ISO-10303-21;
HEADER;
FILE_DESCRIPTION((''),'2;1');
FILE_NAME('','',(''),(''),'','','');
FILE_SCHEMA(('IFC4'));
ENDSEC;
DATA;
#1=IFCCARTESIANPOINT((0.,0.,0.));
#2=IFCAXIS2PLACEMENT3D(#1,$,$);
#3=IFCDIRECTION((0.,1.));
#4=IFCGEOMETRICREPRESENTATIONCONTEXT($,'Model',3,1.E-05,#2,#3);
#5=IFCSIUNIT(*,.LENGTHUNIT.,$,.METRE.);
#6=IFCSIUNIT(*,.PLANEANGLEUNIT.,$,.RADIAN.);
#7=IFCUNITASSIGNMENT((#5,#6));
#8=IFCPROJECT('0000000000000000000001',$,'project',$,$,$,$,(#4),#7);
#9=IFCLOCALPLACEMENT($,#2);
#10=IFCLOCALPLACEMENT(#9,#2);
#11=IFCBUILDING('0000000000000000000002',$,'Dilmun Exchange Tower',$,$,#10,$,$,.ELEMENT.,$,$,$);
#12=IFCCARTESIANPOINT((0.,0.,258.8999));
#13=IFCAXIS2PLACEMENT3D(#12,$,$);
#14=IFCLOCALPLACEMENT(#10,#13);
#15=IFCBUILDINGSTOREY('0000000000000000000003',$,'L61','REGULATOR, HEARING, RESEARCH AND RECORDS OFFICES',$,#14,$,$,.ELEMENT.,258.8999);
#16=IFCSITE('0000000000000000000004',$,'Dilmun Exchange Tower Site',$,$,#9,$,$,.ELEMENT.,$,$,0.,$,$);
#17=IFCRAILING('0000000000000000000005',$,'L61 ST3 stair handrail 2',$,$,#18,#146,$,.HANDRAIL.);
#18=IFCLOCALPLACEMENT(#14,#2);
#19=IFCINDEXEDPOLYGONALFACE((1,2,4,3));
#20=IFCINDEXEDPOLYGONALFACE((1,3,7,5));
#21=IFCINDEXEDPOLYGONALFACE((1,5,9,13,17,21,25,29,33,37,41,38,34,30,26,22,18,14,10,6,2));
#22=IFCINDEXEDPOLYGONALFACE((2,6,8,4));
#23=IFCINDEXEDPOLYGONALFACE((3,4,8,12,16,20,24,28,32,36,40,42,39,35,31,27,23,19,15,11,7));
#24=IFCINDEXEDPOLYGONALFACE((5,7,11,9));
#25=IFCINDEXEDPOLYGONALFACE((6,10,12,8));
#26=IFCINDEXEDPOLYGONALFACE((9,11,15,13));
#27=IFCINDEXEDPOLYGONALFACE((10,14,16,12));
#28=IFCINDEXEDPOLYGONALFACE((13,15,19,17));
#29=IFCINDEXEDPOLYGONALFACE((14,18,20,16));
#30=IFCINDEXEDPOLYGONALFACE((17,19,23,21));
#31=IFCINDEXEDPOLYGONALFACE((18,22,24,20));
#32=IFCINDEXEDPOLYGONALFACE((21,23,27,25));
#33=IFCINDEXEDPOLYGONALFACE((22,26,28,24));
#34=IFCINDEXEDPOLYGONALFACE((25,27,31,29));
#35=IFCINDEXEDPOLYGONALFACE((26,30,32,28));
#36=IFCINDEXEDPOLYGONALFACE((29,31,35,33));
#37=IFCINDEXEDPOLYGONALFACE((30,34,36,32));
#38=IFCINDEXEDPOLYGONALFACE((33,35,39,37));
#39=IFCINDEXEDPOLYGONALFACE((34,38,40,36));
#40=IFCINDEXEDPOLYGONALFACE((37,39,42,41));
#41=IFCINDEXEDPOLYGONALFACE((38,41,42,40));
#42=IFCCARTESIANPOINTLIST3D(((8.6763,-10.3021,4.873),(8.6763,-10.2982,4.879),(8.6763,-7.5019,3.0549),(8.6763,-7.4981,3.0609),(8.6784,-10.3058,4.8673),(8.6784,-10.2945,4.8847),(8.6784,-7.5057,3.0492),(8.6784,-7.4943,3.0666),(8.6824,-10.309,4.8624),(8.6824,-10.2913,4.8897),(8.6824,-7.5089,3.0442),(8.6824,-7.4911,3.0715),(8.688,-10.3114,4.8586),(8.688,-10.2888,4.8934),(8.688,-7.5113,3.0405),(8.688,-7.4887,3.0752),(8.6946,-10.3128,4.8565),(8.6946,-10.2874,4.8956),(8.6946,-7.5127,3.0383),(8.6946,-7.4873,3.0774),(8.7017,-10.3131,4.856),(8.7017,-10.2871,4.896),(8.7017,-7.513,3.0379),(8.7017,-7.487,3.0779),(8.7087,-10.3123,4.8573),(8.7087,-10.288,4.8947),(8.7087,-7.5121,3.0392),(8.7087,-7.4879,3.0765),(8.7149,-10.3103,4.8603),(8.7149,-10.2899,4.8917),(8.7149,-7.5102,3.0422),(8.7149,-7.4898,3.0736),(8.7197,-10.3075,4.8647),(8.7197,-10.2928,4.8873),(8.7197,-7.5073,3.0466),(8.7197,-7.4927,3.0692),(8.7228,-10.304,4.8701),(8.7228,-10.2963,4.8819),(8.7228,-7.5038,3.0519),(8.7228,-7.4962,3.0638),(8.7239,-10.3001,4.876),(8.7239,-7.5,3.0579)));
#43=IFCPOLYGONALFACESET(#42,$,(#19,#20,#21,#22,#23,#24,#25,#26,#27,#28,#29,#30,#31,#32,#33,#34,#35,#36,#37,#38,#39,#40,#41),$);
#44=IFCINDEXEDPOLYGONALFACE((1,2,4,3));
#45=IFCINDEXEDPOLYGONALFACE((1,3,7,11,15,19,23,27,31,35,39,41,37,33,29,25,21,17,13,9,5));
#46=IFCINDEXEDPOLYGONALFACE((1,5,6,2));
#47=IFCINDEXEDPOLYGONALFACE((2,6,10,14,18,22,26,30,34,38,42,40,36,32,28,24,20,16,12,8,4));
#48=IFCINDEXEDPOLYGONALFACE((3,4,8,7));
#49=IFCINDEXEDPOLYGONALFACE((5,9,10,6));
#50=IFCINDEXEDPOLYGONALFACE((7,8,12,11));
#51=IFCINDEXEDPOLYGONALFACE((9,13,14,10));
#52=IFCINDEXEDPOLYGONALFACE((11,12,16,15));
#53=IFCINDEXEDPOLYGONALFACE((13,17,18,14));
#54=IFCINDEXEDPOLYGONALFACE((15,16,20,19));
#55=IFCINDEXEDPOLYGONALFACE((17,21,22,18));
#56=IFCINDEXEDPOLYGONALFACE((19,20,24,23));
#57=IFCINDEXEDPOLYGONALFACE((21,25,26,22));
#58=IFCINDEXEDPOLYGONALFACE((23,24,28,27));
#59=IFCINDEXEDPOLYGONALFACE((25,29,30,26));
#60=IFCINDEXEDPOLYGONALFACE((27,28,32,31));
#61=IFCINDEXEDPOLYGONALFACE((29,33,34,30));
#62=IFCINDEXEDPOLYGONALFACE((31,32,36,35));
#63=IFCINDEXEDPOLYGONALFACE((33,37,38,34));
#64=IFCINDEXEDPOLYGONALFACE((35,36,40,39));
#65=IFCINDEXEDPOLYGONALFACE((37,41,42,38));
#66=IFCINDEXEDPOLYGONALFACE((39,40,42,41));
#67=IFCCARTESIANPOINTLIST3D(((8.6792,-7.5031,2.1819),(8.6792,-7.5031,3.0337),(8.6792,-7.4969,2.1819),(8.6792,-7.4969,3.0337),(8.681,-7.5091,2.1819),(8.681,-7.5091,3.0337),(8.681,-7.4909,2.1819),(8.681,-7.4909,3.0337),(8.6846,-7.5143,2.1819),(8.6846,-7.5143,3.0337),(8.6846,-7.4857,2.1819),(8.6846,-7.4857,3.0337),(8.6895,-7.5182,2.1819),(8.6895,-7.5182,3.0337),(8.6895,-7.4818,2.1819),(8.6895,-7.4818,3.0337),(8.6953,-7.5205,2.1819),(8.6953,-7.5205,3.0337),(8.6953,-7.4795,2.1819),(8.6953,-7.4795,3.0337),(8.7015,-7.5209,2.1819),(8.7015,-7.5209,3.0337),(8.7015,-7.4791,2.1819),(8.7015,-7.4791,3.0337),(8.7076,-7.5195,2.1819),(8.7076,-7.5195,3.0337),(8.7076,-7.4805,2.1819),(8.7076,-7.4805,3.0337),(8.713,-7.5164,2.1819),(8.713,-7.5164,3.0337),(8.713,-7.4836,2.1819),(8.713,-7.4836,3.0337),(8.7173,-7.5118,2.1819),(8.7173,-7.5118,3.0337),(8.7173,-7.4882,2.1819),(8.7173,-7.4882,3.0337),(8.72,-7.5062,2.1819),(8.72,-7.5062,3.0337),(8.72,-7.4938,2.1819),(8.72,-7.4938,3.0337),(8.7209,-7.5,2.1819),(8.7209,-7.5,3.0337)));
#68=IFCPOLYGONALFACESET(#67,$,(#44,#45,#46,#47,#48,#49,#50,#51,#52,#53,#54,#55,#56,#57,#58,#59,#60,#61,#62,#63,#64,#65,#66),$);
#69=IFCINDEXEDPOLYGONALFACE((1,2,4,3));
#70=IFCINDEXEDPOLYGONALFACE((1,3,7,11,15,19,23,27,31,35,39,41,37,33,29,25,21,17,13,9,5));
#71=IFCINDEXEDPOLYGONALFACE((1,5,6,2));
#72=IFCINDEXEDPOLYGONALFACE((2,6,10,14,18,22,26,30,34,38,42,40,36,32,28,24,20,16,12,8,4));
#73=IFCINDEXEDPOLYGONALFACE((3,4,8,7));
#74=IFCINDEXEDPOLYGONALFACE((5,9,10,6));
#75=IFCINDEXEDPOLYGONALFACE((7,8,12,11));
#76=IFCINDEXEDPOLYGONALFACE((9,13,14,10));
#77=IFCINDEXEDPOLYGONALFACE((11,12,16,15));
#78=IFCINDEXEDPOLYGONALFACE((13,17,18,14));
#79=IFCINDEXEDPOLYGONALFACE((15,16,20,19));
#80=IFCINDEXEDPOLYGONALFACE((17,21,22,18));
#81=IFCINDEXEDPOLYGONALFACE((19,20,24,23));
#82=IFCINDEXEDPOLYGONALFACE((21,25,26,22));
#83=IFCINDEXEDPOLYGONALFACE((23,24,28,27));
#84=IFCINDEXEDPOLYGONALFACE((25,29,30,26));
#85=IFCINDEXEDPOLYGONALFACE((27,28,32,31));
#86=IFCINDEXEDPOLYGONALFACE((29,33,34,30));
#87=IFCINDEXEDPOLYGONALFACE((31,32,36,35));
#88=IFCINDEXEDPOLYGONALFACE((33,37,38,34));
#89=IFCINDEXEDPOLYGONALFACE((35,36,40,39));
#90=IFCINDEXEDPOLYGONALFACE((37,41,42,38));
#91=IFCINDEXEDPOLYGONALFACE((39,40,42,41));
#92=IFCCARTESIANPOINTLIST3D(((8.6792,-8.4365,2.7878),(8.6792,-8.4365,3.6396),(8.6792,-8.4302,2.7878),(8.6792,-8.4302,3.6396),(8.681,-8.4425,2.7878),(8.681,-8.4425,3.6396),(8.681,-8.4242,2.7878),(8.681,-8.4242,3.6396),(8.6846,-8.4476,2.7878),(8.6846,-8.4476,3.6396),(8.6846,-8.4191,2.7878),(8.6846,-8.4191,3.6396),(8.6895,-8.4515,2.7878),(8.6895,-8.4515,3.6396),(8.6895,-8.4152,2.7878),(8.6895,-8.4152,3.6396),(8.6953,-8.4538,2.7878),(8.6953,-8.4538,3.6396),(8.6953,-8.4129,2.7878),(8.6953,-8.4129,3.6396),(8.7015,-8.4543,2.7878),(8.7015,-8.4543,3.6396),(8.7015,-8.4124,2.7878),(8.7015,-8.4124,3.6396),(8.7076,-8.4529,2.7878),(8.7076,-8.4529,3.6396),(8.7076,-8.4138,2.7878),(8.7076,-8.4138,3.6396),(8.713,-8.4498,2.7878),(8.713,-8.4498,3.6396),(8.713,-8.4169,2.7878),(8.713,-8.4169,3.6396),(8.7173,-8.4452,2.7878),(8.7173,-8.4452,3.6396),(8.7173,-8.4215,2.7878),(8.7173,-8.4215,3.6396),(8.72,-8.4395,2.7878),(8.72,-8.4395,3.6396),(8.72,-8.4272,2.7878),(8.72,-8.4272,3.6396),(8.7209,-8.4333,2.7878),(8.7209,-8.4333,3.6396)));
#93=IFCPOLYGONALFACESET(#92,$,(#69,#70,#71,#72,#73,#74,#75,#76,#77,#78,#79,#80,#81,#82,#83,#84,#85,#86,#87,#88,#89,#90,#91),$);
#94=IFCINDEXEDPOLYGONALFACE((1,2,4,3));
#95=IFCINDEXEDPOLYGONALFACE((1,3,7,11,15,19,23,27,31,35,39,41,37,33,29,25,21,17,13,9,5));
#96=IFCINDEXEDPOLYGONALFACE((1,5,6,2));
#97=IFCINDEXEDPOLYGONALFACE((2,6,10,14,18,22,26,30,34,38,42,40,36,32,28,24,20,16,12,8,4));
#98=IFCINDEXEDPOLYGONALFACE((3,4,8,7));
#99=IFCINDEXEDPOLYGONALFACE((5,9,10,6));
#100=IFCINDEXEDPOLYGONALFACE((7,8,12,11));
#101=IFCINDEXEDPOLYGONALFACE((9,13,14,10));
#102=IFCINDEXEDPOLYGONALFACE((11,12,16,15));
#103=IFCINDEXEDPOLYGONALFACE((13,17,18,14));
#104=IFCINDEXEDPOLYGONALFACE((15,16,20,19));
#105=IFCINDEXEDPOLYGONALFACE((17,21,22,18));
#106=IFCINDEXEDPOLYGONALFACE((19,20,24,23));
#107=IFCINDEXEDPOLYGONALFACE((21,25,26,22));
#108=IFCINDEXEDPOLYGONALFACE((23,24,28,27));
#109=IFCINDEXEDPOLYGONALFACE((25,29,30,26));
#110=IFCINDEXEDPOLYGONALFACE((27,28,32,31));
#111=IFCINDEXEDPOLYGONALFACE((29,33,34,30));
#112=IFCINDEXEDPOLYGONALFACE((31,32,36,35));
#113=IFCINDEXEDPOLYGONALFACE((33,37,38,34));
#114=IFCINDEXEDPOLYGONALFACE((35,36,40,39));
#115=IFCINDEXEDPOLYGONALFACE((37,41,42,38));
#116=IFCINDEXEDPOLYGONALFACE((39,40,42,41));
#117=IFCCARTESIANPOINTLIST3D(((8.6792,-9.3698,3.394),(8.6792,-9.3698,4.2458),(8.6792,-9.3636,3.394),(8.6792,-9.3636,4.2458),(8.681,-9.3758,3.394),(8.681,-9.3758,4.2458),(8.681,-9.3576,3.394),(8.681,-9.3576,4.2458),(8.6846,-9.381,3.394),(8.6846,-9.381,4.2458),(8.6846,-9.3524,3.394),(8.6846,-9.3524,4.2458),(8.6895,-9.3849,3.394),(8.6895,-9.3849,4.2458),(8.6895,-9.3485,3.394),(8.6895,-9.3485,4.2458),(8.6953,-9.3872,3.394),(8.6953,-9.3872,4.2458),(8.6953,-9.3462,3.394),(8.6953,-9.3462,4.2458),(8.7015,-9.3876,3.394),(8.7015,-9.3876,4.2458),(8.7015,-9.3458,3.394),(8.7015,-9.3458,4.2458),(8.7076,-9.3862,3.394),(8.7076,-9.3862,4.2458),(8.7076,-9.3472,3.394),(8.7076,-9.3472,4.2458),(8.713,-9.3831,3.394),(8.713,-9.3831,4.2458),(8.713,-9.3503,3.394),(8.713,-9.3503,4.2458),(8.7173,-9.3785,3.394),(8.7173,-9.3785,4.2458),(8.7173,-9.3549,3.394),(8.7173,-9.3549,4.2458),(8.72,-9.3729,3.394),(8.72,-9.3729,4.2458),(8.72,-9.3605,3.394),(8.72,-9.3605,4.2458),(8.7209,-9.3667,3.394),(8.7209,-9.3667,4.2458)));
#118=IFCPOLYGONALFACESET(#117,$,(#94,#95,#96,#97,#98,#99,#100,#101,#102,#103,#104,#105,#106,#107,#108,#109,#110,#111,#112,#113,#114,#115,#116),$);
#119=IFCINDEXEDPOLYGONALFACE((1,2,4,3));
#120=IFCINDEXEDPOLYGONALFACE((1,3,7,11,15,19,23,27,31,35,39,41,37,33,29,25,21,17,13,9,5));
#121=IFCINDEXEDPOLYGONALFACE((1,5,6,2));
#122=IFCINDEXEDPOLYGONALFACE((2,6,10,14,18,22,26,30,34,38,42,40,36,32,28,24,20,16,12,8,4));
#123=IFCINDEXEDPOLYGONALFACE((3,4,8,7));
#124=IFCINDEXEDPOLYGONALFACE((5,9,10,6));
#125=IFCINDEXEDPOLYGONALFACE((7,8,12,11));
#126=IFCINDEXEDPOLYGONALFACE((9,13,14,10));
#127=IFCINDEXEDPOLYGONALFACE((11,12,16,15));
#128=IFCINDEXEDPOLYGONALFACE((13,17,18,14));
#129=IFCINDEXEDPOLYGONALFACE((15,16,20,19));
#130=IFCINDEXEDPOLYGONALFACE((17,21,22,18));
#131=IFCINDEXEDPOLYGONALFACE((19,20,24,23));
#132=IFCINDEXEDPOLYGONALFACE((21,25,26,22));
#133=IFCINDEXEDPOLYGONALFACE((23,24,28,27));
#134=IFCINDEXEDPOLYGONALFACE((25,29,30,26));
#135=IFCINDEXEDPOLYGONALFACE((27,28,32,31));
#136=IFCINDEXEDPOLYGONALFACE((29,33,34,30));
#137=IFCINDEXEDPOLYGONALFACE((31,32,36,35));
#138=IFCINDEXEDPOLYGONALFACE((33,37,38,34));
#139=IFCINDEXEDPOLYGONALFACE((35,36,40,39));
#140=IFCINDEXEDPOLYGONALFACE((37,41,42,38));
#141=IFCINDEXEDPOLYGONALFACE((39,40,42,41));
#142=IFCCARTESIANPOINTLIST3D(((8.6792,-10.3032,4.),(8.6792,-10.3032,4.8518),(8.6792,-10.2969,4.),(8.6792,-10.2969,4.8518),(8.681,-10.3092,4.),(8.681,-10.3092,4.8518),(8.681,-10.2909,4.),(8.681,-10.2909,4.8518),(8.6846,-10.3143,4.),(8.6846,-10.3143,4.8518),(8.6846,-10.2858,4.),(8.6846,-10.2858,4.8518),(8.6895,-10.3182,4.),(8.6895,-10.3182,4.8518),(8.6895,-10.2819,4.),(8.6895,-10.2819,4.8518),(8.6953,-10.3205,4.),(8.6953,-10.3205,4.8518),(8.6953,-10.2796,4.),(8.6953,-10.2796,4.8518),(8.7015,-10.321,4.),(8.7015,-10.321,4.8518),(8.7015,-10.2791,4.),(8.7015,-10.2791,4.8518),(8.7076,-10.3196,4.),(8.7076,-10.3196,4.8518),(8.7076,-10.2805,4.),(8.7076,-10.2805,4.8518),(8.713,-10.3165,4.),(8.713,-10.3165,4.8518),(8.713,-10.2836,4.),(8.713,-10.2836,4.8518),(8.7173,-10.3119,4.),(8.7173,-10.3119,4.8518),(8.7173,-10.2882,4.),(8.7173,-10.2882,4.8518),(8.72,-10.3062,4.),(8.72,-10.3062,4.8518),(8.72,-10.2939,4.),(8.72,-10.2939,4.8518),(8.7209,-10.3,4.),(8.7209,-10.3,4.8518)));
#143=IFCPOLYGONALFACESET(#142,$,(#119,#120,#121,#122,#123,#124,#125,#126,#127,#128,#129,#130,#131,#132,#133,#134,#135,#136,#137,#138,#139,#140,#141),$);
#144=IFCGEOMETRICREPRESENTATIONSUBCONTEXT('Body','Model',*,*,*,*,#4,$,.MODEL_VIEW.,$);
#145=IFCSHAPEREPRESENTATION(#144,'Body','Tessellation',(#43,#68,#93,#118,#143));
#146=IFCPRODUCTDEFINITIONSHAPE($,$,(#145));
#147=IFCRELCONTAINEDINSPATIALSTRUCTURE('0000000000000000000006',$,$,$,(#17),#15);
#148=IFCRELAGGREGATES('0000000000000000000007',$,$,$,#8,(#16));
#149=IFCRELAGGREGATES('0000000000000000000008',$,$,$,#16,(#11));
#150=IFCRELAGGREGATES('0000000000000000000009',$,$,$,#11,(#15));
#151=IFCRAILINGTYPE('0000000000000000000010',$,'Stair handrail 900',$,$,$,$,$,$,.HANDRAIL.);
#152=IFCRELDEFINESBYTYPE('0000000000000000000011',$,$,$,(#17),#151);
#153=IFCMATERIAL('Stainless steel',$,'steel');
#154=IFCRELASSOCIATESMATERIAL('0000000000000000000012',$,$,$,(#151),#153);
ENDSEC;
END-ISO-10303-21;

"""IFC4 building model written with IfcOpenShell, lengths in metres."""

from ifc_helpers import new_model, si_unit, direction, frame, origin, origin_2d, place, context, subcontext, project, spatial, circle, extrude, material, type_object, element, save


model = new_model("IFC4")

# Units and contexts
model_context = context("Model", 3, precision=1e-05, world=origin(), true_north=direction((0.0, 1.0)))
body_context = subcontext(model_context, "Body", "Model", "MODEL_VIEW")
ifc_project = project(units=[si_unit("LENGTHUNIT", "METRE"), si_unit("PLANEANGLEUNIT", "RADIAN")], contexts=[model_context])

# Site, building, storey
site_placement = place(None, origin())
site = spatial("IfcSite", under=ifc_project, at=site_placement, Name="Dilmun Exchange Tower Site", CompositionType="ELEMENT", RefElevation=0.0)
building_placement = place(site_placement, origin())
building = spatial("IfcBuilding", under=site, at=building_placement, Name="Dilmun Exchange Tower", CompositionType="ELEMENT")
storey_placement = place(building_placement, frame((0.0, 0.0, 258.8999)))
storey = spatial("IfcBuildingStorey", under=building, at=storey_placement, Name="L61", Description="REGULATOR, HEARING, RESEARCH AND RECORDS OFFICES", CompositionType="ELEMENT", Elevation=258.8999)

# Railing
ifc_material_1 = material(Name="Stainless steel", Category="steel")
railing_type = type_object("IfcRailingType", Name="Stair handrail 900", PredefinedType="HANDRAIL", material=ifc_material_1)
railing_1_placement = place(storey_placement, frame((8.7, -7.5, 2.1819)))
element("IfcRailing", 1, at=railing_1_placement, inside=storey, type_object=railing_type, Name="L61 ST3 stair handrail 2", PredefinedType="HANDRAIL", context=body_context, shape_type="SweptSolid", body=[
    extrude(circle(Radius=0.0239, at=origin_2d()), frame((0.0, 0.0, 0.876), z_axis=(0.0, -0.838706, 0.544585), x_axis=(1.0, 0.0, 0.0)), (0.0, 0.0, 1.0), 3.3386),
    extrude(circle(Radius=0.021, at=origin_2d()), origin(), (0.0, 0.0, 1.0), 0.8518),
    extrude(circle(Radius=0.021, at=origin_2d()), frame((0.0, -0.9333, 0.606)), (0.0, 0.0, 1.0), 0.8518),
    extrude(circle(Radius=0.021, at=origin_2d()), frame((0.0, -1.8667, 1.2122)), (0.0, 0.0, 1.0), 0.8518),
    extrude(circle(Radius=0.021, at=origin_2d()), frame((0.0, -2.8, 1.8181)), (0.0, 0.0, 1.0), 0.8518),
])

save(model, "model.ifc")
